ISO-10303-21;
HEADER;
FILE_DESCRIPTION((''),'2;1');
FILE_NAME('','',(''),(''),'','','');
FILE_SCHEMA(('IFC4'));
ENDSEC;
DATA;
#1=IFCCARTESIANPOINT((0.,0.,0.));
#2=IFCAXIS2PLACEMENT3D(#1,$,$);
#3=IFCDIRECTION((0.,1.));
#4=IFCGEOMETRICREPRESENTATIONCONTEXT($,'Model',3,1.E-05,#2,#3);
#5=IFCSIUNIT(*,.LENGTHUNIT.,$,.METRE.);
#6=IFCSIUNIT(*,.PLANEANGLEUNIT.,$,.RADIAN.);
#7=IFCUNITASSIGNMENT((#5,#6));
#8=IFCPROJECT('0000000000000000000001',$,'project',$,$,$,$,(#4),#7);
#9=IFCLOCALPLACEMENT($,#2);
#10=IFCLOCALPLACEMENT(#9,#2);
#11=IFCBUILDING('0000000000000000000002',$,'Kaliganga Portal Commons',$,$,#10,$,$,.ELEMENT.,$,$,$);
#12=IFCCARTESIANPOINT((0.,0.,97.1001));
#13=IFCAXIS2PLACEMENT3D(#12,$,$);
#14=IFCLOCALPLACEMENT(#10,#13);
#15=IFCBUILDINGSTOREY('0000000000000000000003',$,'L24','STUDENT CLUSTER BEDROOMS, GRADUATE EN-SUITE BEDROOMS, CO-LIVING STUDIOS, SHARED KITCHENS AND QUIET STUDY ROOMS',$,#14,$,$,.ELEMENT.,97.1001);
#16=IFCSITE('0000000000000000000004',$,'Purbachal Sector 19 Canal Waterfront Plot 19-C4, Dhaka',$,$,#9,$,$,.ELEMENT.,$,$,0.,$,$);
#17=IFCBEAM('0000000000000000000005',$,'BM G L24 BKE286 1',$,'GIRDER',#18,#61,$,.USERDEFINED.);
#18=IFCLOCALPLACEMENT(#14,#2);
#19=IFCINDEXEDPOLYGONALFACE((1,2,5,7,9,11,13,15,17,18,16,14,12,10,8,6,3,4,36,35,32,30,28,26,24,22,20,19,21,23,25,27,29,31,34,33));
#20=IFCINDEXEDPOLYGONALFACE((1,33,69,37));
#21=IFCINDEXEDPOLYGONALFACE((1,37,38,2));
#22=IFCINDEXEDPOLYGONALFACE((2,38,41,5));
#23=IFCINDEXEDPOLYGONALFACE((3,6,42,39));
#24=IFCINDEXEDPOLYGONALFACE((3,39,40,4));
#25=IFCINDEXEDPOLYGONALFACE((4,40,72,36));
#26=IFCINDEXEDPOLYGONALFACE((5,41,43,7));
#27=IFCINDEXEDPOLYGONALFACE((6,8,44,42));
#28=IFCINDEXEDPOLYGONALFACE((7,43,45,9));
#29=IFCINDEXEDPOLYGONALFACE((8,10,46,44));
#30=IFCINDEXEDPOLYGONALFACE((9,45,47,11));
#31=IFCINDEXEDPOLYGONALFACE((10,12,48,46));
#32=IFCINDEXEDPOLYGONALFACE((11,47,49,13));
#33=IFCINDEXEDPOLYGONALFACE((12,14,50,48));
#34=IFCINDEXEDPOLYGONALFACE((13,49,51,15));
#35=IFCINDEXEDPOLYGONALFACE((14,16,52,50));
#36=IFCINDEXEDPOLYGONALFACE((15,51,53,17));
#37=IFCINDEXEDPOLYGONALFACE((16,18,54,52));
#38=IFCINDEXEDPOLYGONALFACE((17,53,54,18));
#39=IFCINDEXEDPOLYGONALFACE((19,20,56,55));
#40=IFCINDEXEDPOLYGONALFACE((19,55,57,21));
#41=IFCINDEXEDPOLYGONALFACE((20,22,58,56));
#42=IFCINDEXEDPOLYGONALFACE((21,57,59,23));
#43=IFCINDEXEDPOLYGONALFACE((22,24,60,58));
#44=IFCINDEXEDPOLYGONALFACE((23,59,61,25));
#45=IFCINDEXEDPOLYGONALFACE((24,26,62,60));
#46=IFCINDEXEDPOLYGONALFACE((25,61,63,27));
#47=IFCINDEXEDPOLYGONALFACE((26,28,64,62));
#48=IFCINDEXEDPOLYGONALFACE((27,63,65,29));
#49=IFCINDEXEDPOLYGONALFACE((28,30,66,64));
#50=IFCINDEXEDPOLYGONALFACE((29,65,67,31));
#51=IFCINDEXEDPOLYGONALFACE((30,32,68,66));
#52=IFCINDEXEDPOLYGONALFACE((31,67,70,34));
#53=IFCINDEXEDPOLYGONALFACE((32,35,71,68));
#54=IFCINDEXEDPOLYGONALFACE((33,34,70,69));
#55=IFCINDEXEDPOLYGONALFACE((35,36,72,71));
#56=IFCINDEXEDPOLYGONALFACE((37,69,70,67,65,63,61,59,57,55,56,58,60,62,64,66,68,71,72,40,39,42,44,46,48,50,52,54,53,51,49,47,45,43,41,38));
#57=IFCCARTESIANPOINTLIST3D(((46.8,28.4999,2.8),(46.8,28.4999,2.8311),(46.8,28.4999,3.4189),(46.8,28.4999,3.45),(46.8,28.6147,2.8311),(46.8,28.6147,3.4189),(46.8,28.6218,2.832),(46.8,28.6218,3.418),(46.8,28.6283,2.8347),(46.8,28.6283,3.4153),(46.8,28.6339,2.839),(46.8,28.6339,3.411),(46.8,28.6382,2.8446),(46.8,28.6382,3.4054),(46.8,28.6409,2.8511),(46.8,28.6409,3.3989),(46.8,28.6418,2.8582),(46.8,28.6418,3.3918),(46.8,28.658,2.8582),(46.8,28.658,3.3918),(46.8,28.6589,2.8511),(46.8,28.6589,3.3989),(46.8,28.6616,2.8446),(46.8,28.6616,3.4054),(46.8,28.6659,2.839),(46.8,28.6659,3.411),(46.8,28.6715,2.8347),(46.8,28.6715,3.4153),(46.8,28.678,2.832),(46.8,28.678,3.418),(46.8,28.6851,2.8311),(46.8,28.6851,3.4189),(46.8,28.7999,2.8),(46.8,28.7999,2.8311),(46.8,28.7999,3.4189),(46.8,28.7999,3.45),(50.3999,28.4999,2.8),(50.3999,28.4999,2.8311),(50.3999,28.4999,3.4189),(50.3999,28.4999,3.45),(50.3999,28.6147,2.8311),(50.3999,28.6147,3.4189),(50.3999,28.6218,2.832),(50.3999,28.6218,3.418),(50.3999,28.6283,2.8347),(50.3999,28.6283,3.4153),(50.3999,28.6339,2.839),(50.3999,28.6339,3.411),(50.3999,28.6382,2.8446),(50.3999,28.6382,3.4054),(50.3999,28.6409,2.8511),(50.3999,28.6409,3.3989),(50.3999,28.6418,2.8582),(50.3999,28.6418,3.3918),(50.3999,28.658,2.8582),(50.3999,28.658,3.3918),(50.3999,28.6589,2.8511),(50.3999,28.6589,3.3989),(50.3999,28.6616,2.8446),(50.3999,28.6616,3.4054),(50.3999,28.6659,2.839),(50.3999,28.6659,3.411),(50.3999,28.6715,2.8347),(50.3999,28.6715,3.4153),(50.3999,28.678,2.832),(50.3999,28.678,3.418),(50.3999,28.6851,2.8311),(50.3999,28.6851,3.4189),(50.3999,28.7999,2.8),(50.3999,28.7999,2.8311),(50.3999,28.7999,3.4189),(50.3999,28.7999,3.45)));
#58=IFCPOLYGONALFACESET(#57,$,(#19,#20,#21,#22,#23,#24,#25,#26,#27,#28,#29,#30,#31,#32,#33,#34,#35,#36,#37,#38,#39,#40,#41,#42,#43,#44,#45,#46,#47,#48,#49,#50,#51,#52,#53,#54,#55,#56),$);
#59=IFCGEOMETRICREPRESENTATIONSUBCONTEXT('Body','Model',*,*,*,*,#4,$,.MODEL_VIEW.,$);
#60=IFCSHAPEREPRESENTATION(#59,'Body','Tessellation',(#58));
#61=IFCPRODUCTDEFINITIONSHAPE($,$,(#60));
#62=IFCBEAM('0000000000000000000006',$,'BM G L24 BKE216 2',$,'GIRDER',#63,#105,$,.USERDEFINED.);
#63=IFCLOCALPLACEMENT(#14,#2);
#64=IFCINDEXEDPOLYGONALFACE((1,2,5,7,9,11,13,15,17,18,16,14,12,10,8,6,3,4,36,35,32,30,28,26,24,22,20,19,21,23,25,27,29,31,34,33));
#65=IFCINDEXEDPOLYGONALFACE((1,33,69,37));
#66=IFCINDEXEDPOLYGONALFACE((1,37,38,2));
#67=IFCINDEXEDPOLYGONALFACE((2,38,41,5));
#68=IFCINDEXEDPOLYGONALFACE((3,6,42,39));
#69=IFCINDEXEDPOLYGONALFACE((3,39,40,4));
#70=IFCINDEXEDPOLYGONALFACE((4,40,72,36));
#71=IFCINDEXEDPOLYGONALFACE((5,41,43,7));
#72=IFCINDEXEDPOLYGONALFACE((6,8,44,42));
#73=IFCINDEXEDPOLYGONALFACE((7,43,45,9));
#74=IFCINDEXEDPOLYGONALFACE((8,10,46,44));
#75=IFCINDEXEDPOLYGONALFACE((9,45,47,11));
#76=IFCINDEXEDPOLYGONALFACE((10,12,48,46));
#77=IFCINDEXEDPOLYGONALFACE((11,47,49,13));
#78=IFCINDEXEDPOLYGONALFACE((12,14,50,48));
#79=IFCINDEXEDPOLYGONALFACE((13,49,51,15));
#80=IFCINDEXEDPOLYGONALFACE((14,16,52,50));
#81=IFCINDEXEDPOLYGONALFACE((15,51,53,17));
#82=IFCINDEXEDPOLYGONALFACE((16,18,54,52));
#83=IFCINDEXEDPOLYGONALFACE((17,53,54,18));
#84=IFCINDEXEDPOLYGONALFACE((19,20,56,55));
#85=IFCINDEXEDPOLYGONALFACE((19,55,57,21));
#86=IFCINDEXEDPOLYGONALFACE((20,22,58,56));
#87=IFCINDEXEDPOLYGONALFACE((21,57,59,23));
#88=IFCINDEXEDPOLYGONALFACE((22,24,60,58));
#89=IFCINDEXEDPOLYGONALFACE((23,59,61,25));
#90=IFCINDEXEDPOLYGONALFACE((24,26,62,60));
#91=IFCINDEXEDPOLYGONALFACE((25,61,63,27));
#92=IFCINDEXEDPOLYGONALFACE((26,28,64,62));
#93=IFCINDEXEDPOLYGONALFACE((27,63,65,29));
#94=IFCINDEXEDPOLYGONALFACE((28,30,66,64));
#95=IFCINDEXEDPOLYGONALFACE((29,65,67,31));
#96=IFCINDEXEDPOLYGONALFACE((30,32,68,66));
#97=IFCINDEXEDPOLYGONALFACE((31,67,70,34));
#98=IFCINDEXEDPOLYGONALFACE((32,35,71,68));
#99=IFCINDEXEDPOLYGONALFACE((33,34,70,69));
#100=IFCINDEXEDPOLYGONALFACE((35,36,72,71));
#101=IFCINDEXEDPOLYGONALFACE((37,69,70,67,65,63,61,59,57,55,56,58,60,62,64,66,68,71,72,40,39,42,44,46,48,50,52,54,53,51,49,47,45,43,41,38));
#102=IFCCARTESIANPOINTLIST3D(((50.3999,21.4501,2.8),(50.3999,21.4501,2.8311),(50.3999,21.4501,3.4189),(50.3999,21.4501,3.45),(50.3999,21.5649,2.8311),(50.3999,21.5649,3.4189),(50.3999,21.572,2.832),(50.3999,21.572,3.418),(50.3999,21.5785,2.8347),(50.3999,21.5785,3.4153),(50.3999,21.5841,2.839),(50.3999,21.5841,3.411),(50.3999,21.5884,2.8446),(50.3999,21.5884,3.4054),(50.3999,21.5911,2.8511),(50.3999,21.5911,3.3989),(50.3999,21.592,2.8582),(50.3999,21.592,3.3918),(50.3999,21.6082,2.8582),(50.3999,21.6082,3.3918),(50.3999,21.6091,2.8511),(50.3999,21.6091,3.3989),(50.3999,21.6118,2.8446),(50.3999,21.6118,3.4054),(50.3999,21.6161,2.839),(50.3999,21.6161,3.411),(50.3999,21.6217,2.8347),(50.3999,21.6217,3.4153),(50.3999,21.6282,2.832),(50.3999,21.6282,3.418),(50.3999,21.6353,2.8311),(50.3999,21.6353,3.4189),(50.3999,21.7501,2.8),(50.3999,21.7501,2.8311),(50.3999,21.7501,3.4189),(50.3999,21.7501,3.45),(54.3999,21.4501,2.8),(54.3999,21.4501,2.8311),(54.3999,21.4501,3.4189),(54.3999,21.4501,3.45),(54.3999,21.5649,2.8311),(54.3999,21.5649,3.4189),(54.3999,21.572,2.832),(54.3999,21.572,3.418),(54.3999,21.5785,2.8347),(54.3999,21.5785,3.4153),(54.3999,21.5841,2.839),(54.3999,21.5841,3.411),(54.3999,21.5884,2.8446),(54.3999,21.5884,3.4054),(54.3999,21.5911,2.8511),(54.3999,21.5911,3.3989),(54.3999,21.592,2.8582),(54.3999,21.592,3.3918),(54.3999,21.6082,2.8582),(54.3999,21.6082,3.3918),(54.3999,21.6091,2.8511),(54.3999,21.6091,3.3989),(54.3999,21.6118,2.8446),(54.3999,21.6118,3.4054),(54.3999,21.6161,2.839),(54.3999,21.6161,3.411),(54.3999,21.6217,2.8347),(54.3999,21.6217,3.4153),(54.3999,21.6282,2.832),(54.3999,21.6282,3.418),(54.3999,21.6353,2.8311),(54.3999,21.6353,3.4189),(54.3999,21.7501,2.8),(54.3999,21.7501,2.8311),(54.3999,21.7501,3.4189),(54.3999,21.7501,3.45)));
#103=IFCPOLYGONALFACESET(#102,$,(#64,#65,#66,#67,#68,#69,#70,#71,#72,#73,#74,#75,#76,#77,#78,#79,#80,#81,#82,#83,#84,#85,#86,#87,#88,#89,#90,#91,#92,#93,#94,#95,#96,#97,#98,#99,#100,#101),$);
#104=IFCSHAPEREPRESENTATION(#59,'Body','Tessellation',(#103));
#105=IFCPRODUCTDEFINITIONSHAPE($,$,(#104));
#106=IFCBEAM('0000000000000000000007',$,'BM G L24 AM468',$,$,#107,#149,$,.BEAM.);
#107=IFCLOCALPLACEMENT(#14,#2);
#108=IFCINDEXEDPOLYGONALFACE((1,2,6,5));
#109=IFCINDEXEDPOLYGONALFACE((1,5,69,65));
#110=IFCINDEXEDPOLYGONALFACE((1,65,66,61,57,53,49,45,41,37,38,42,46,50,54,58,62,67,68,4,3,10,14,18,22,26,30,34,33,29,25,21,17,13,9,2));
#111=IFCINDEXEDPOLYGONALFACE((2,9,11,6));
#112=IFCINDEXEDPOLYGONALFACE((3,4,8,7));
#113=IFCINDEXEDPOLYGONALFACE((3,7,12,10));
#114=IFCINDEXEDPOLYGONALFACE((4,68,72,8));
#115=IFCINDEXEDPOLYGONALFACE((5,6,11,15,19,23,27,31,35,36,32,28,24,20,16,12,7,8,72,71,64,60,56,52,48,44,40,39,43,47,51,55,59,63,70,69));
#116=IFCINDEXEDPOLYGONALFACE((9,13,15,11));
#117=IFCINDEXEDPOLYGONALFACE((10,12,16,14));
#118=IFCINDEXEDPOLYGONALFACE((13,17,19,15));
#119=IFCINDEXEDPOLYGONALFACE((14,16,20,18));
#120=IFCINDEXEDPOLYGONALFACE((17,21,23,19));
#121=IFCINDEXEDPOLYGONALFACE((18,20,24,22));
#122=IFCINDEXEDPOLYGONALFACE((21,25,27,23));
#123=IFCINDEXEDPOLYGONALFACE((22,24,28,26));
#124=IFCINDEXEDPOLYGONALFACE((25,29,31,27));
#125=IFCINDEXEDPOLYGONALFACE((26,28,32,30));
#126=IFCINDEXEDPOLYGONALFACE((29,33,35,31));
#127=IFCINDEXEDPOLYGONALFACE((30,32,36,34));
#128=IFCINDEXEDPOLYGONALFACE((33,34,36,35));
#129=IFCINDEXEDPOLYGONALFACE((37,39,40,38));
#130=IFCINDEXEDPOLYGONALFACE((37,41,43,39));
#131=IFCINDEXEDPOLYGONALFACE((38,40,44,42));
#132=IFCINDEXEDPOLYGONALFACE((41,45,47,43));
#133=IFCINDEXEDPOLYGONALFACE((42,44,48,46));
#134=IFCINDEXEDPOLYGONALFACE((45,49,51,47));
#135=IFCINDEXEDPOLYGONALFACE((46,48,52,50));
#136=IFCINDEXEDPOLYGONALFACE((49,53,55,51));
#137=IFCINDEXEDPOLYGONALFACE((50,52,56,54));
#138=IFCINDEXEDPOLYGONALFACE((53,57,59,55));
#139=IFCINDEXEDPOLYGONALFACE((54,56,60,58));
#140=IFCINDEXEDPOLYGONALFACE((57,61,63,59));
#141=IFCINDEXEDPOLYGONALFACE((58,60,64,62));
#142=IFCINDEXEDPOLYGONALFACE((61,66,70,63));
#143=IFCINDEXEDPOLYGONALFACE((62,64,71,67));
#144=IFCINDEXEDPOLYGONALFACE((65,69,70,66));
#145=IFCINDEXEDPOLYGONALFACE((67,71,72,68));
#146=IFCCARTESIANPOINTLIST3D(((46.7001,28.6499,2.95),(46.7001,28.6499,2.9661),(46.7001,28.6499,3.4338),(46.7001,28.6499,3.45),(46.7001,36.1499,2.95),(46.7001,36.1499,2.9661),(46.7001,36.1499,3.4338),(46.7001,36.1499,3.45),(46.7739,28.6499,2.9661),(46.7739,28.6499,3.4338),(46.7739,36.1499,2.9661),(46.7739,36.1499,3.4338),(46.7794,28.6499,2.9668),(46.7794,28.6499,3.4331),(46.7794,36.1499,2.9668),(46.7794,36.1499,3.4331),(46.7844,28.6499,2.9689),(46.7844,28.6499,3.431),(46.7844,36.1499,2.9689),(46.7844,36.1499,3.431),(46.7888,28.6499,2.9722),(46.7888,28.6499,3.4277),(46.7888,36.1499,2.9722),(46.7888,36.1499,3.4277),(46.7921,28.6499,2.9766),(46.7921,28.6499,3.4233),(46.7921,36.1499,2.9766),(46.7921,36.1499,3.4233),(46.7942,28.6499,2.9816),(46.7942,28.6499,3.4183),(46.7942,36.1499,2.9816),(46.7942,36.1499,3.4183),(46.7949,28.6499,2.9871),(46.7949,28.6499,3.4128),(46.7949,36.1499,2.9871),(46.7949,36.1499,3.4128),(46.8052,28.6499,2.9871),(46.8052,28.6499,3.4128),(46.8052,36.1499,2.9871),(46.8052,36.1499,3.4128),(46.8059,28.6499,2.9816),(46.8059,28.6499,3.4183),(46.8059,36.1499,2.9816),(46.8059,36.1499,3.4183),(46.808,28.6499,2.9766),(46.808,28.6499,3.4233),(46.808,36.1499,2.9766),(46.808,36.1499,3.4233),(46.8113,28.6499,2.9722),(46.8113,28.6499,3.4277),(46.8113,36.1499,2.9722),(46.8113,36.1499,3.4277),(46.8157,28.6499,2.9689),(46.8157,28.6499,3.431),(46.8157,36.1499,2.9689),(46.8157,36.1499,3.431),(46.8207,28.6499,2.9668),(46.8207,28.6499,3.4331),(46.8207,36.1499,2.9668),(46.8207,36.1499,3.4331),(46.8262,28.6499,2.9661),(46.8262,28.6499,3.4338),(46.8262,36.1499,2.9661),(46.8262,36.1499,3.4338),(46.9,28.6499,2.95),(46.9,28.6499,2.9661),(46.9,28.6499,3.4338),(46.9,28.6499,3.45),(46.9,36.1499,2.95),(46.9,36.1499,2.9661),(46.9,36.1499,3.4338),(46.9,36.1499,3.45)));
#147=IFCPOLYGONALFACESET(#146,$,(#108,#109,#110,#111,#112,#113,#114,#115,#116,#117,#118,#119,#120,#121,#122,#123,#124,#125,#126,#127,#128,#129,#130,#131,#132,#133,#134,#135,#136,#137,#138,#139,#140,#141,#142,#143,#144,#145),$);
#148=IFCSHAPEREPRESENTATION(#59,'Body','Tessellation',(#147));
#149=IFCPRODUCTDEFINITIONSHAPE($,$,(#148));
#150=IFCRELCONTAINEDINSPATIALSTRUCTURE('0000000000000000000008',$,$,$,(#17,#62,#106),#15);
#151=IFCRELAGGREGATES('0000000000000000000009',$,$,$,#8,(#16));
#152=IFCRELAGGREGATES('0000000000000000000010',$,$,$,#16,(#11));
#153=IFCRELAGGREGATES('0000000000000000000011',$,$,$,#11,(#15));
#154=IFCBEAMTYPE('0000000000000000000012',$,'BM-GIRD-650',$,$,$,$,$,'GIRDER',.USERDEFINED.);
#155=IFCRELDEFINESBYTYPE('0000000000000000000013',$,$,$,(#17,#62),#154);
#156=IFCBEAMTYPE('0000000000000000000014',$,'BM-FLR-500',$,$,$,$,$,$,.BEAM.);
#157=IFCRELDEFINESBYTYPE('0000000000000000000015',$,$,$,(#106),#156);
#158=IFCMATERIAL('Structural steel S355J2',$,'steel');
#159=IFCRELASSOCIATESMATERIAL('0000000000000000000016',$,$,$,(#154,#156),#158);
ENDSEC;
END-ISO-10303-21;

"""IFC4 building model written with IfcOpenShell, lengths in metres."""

from ifc_helpers import new_model, si_unit, direction, frame, origin, origin_2d, place, context, subcontext, project, spatial, i_section, extrude, source, transform, mapped, material, material_profile, profile_set, type_object, element, save


model = new_model("IFC4")

# Units and contexts
model_context = context("Model", 3, precision=1e-05, world=origin(), true_north=direction((0.0, 1.0)))
body_context = subcontext(model_context, "Body", "Model", "MODEL_VIEW")
ifc_project = project(units=[si_unit("LENGTHUNIT", "METRE"), si_unit("PLANEANGLEUNIT", "RADIAN")], contexts=[model_context])

# Site, building, storey
site_placement = place(None, origin())
site = spatial("IfcSite", under=ifc_project, at=site_placement, Name="Purbachal Sector 19 Canal Waterfront Plot 19-C4, Dhaka", CompositionType="ELEMENT", RefElevation=0.0)
building_placement = place(site_placement, origin())
building = spatial("IfcBuilding", under=site, at=building_placement, Name="Kaliganga Portal Commons", CompositionType="ELEMENT")
storey_placement = place(building_placement, frame((0.0, 0.0, 97.1001)))
storey = spatial("IfcBuildingStorey", under=building, at=storey_placement, Name="L24", Description="STUDENT CLUSTER BEDROOMS, GRADUATE EN-SUITE BEDROOMS, CO-LIVING STUDIOS, SHARED KITCHENS AND QUIET STUDY ROOMS", CompositionType="ELEMENT", Elevation=97.1001)

# Beams
ifc_material_1 = material(Name="Structural steel S355J2", Category="steel")
ifc_material_profile_1 = material_profile(ifc_material_1, i_section(OverallWidth=0.3, OverallDepth=0.6499, WebThickness=0.0161, FlangeThickness=0.031, FilletRadius=0.0271, at=origin_2d()), Name="HE 650 B")
ifc_profile_set_1 = profile_set([ifc_material_profile_1], Name="Structural steel S355J2 wide-flange")
beam_type_1 = type_object("IfcBeamType", Name="BM-GIRD-650", ElementType="GIRDER", PredefinedType="USERDEFINED", material=ifc_profile_set_1)
shared_shape_1 = source(origin(), body_context, "Body", "SweptSolid", [
    extrude(i_section(OverallWidth=0.3, OverallDepth=0.6499, WebThickness=0.0161, FlangeThickness=0.031, FilletRadius=0.0271, at=origin_2d()), origin(), (0.0, 0.0, 1.0), 3.5999),
])
for number, where, z_axis, x_axis, name in (
    (1, (46.8, 28.6499, 3.125), (1.0, 0.0, 0.0), (0.0, 1.0, 0.0), "BM G L24 BKE286 1"),
):
    element("IfcBeam", number, at=place(storey_placement, frame(where, z_axis=z_axis, x_axis=x_axis)), inside=storey, type_object=beam_type_1, Name=name, ObjectType="GIRDER", PredefinedType="USERDEFINED", context=body_context, shape_type="MappedRepresentation", body=[
        mapped(shared_shape_1, transform((0.0, 0.0, 0.0), x_axis=(1.0, 0.0, 0.0), y_axis=(0.0, 1.0, 0.0), z_axis=(0.0, 0.0, 1.0), scale=1.0)),
    ])
shared_shape_2 = source(origin(), body_context, "Body", "SweptSolid", [
    extrude(i_section(OverallWidth=0.3, OverallDepth=0.6499, WebThickness=0.0161, FlangeThickness=0.031, FilletRadius=0.0271, at=origin_2d()), origin(), (0.0, 0.0, 1.0), 4.0),
])
beam_1_placement = place(storey_placement, frame((50.3999, 21.6001, 3.125), z_axis=(1.0, 0.0, 0.0), x_axis=(0.0, 1.0, 0.0)))
element("IfcBeam", 2, at=beam_1_placement, inside=storey, type_object=beam_type_1, Name="BM G L24 BKE216 2", ObjectType="GIRDER", PredefinedType="USERDEFINED", context=body_context, shape_type="MappedRepresentation", body=[
    mapped(shared_shape_2, transform((0.0, 0.0, 0.0), x_axis=(1.0, 0.0, 0.0), y_axis=(0.0, 1.0, 0.0), z_axis=(0.0, 0.0, 1.0), scale=1.0)),
])
ifc_material_profile_2 = material_profile(ifc_material_1, i_section(OverallWidth=0.2, OverallDepth=0.5, WebThickness=0.0103, FlangeThickness=0.0161, FilletRadius=0.021, at=origin_2d()), Name="IPE 500")
ifc_profile_set_2 = profile_set([ifc_material_profile_2], Name="Structural steel S355J2 wide-flange")
beam_type_2 = type_object("IfcBeamType", Name="BM-FLR-500", PredefinedType="BEAM", material=ifc_profile_set_2)
shared_shape_3 = source(origin(), body_context, "Body", "SweptSolid", [
    extrude(i_section(OverallWidth=0.2, OverallDepth=0.5, WebThickness=0.0103, FlangeThickness=0.0161, FilletRadius=0.021, at=origin_2d()), origin(), (0.0, 0.0, 1.0), 7.5),
])
beam_2_placement = place(storey_placement, frame((46.8, 28.6499, 3.2), z_axis=(0.0, 1.0, 0.0), x_axis=(-1.0, 0.0, 0.0)))
element("IfcBeam", 3, at=beam_2_placement, inside=storey, type_object=beam_type_2, Name="BM G L24 AM468", PredefinedType="BEAM", context=body_context, shape_type="MappedRepresentation", body=[
    mapped(shared_shape_3, transform((0.0, 0.0, 0.0), x_axis=(1.0, 0.0, 0.0), y_axis=(0.0, 1.0, 0.0), z_axis=(0.0, 0.0, 1.0), scale=1.0)),
])

save(model, "model.ifc")
